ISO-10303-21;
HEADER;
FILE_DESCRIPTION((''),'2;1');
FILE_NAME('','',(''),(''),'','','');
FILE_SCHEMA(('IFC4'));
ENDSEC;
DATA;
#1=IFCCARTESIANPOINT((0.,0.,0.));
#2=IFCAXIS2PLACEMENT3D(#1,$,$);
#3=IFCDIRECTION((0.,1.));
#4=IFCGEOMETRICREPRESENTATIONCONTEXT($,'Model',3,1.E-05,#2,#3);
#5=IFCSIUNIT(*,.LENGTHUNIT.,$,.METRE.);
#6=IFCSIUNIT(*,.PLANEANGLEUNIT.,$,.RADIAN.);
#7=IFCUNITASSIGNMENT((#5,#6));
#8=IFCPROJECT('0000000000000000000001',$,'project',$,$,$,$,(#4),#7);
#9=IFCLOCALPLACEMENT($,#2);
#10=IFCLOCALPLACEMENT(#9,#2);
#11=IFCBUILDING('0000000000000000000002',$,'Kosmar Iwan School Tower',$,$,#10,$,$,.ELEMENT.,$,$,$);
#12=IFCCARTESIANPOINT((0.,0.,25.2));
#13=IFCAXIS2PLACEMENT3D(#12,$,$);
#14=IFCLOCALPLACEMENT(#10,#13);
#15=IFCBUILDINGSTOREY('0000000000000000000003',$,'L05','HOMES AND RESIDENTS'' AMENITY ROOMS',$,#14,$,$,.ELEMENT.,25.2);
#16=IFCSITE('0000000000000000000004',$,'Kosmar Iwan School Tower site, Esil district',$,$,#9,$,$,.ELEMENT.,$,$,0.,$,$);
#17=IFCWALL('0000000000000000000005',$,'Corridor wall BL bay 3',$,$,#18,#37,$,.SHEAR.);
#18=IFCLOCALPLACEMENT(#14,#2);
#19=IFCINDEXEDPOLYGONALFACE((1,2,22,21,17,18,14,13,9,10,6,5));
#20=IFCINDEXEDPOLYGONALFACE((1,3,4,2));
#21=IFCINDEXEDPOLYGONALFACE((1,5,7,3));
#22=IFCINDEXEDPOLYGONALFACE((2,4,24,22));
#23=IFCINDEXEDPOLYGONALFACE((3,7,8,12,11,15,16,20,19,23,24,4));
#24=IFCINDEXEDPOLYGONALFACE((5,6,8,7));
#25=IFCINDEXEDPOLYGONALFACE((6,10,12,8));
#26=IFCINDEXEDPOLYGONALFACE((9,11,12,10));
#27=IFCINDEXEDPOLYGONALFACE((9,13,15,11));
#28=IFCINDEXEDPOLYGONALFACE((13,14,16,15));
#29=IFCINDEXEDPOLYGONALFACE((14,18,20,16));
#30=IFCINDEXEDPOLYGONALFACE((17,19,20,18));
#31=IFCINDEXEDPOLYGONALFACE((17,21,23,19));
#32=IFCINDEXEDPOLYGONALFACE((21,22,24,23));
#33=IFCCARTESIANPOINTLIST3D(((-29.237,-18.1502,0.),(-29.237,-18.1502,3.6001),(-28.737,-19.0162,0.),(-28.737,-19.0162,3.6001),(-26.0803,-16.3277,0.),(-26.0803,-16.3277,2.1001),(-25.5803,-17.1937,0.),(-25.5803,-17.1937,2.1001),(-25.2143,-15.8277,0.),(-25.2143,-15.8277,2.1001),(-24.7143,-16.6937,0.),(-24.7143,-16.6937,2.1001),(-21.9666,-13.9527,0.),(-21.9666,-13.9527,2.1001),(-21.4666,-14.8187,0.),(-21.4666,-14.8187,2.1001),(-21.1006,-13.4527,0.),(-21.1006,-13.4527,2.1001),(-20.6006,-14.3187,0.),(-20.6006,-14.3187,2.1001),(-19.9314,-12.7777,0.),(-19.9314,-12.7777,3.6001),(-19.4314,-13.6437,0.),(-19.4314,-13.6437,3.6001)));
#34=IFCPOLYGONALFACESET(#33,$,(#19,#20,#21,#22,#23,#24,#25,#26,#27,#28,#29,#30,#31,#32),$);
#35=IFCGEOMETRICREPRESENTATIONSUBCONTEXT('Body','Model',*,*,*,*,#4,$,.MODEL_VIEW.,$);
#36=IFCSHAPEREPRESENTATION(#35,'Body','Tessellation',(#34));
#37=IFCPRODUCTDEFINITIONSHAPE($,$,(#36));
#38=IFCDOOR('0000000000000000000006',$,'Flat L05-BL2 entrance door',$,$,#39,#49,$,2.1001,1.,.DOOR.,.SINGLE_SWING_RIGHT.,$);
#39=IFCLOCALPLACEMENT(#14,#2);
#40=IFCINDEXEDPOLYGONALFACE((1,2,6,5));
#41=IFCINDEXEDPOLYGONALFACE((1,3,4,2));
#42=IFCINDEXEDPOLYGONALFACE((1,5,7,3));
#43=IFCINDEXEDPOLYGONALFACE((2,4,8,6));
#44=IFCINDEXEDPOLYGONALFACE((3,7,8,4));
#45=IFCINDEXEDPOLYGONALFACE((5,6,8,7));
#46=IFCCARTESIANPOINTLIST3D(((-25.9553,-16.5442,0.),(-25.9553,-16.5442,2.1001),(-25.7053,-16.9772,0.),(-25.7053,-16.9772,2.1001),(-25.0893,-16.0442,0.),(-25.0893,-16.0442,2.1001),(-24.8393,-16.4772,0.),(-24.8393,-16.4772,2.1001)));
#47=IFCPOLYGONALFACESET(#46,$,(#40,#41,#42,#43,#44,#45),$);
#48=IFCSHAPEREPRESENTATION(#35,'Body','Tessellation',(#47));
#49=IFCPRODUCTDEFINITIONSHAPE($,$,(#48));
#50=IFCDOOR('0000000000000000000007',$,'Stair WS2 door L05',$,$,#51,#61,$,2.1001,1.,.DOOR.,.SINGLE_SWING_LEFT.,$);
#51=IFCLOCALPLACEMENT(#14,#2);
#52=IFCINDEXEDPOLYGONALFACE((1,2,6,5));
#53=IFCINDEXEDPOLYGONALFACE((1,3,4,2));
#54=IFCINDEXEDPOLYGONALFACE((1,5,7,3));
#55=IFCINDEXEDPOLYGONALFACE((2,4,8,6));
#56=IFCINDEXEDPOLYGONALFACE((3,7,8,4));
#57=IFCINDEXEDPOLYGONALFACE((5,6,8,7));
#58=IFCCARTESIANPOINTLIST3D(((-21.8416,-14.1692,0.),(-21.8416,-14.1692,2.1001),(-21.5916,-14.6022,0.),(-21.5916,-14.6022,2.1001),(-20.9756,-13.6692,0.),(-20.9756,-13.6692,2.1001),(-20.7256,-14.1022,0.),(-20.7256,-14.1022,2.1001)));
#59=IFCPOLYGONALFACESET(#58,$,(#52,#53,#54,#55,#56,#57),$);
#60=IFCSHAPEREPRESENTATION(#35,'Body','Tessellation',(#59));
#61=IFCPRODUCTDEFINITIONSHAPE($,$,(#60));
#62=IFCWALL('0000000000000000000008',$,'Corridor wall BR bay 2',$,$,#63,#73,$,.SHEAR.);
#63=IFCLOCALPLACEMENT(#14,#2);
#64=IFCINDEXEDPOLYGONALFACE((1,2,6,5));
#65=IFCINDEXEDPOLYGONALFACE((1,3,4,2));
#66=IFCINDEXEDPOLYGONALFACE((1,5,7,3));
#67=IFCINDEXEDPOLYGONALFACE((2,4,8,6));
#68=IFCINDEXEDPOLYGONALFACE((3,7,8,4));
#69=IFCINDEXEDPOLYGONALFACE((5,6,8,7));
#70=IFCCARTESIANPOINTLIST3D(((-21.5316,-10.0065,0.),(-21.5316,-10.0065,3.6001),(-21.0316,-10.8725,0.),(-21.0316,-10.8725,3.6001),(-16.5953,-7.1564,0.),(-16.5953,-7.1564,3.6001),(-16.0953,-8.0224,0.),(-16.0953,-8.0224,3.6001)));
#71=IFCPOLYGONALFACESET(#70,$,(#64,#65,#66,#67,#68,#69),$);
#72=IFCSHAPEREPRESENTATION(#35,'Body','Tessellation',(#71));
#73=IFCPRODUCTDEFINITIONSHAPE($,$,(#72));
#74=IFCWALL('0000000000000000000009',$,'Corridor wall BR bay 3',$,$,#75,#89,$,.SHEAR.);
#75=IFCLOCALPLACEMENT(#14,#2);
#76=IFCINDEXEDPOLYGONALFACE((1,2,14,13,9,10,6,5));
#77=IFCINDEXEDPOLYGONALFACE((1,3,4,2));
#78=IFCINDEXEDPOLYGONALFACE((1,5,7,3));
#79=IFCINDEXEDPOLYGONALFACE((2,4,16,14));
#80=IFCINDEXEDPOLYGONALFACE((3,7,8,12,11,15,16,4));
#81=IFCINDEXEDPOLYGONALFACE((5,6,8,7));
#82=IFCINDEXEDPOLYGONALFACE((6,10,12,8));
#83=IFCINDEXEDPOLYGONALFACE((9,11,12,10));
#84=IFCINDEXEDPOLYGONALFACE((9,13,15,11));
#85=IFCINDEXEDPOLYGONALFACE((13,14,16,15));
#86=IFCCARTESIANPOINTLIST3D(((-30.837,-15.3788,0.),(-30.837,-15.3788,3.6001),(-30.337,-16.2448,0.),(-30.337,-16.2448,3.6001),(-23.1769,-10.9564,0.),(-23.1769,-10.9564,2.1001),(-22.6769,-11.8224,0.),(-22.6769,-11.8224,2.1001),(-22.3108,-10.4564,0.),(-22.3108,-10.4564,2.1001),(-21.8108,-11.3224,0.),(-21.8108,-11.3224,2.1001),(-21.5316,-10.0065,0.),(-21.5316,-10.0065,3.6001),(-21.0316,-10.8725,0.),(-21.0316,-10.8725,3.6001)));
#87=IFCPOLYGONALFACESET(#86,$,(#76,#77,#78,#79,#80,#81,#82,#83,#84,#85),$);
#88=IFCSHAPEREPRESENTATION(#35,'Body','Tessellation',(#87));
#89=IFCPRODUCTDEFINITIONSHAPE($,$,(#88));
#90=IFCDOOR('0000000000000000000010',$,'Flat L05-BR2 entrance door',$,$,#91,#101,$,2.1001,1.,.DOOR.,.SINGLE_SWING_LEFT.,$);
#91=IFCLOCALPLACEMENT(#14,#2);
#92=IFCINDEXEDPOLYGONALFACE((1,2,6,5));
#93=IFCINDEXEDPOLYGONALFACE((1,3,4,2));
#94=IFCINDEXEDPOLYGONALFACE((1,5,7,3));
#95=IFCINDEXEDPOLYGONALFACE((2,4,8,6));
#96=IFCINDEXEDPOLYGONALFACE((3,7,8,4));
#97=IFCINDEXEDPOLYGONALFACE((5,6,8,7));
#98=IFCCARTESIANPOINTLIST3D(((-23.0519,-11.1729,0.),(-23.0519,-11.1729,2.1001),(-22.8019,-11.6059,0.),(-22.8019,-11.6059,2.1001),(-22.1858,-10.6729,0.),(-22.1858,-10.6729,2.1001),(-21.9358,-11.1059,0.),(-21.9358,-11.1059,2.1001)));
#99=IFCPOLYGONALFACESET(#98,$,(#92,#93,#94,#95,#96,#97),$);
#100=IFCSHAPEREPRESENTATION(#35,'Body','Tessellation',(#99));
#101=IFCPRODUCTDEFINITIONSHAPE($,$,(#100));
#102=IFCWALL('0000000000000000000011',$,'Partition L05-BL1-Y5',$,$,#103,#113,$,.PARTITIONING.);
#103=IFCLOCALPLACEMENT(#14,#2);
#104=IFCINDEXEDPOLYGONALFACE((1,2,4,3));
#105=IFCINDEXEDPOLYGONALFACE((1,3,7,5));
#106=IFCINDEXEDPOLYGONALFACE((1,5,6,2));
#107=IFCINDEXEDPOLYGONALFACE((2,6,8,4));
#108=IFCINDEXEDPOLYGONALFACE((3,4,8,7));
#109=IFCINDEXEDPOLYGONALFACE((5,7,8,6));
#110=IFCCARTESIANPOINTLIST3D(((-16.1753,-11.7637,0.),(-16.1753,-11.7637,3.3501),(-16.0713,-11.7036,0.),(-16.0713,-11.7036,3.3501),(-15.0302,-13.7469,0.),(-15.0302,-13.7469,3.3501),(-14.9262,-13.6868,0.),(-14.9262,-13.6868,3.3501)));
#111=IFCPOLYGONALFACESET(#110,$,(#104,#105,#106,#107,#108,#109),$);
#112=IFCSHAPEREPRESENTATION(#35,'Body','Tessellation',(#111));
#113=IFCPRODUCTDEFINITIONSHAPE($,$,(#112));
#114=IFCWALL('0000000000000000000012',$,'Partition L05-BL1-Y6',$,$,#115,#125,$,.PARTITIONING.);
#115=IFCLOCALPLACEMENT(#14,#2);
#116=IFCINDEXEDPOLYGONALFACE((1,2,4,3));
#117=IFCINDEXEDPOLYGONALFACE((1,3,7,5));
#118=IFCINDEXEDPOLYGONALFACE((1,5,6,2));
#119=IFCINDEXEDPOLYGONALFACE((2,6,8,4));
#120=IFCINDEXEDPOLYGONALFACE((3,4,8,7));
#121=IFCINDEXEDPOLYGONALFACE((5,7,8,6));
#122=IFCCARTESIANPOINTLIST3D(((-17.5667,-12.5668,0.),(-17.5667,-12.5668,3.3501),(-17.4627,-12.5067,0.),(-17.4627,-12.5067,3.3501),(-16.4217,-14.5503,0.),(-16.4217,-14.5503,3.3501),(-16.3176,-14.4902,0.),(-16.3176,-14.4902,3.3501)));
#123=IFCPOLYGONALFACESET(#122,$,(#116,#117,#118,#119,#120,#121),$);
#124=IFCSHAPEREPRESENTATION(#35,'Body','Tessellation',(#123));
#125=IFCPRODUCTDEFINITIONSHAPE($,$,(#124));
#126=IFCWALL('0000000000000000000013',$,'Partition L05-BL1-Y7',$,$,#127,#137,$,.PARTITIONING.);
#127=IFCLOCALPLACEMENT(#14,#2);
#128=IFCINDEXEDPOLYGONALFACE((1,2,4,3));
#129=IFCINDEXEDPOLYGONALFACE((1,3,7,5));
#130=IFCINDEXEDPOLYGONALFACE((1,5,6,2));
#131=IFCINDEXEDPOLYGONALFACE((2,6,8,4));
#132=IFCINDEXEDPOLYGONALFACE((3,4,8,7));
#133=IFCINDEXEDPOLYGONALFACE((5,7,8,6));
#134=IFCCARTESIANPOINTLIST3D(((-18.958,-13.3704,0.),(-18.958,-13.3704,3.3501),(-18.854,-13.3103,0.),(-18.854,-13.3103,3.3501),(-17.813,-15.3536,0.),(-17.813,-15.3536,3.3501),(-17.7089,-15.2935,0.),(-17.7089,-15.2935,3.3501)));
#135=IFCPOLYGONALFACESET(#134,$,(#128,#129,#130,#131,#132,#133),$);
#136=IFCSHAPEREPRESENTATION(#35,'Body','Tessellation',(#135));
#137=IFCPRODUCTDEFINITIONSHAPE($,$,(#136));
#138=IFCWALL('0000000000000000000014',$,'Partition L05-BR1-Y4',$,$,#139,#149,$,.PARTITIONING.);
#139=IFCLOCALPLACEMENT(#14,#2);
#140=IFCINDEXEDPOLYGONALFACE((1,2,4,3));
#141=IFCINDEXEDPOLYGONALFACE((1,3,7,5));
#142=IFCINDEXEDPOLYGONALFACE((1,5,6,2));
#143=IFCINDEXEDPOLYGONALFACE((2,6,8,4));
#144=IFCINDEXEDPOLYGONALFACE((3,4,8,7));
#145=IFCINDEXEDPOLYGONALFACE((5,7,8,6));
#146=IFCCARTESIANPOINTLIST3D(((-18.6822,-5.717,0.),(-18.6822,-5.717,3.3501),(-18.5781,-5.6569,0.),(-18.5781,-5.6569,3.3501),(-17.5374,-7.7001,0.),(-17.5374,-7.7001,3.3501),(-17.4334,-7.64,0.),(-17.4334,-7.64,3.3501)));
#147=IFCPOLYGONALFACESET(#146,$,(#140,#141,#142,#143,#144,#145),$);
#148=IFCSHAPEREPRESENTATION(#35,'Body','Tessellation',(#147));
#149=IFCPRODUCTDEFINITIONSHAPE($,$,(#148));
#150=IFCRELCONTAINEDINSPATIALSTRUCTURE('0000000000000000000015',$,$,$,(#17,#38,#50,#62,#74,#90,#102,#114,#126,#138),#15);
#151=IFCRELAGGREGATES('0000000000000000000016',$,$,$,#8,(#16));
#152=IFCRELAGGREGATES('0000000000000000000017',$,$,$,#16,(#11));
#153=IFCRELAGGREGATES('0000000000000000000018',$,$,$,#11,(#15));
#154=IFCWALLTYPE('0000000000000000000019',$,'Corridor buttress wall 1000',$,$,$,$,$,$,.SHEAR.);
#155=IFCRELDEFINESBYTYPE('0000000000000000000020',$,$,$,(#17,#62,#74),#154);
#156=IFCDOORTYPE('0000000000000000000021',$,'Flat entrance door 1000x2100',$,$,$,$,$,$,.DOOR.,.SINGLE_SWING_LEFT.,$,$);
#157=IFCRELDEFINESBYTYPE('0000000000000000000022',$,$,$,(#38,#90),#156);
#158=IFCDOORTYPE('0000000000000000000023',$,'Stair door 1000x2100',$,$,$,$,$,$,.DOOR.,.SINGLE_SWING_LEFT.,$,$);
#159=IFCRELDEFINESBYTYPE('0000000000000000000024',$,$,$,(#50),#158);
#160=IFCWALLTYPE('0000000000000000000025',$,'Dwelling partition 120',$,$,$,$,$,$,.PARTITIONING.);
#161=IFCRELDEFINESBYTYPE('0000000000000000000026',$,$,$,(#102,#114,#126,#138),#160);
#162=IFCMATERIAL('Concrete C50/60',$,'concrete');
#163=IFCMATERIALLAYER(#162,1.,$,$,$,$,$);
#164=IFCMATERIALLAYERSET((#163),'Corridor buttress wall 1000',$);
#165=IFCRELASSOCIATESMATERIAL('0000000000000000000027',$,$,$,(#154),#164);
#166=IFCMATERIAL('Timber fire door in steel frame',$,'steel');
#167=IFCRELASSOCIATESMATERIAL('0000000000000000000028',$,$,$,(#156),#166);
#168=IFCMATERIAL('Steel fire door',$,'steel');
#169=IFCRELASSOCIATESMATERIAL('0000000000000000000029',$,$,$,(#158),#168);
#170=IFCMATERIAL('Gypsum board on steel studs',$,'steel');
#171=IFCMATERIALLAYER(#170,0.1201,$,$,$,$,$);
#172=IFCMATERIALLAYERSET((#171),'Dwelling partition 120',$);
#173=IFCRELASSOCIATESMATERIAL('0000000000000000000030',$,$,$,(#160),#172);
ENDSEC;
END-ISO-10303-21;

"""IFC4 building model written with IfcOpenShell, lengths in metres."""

from ifc_helpers import new_model, si_unit, direction, frame, frame_2d, origin, place, context, subcontext, project, spatial, rectangle, extrude, material, layer, layer_set, type_object, element, fill, save


model = new_model("IFC4")

# Units and contexts
model_context = context("Model", 3, precision=1e-05, world=origin(), true_north=direction((0.0, 1.0)))
body_context = subcontext(model_context, "Body", "Model", "MODEL_VIEW")
ifc_project = project(units=[si_unit("LENGTHUNIT", "METRE"), si_unit("PLANEANGLEUNIT", "RADIAN")], contexts=[model_context])

# Site, building, storey
site_placement = place(None, origin())
site = spatial("IfcSite", under=ifc_project, at=site_placement, Name="Kosmar Iwan School Tower site, Esil district", CompositionType="ELEMENT", RefElevation=0.0)
building_placement = place(site_placement, origin())
building = spatial("IfcBuilding", under=site, at=building_placement, Name="Kosmar Iwan School Tower", CompositionType="ELEMENT")
storey_placement = place(building_placement, frame((0.0, 0.0, 25.2)))
storey = spatial("IfcBuildingStorey", under=building, at=storey_placement, Name="L05", Description="HOMES AND RESIDENTS' AMENITY ROOMS", CompositionType="ELEMENT", Elevation=25.2)

# Wall, openings, doors
ifc_material_1 = material(Name="Concrete C50/60", Category="concrete")
ifc_layer_1 = layer(ifc_material_1, 1.0)
ifc_layer_set_1 = layer_set([ifc_layer_1], Name="Corridor buttress wall 1000")
wall_type_1 = type_object("IfcWallType", Name="Corridor buttress wall 1000", PredefinedType="SHEAR", material=ifc_layer_set_1)
wall_1_placement = place(storey_placement, frame((-19.6814, -13.2107, 0.0), z_axis=(0.0, 0.0, 1.0), x_axis=(-0.866028, -0.499995, 0.0)))
wall_1 = element("IfcWall", 1, at=wall_1_placement, inside=storey, type_object=wall_type_1, Name="Corridor wall BL bay 3", PredefinedType="SHEAR", context=body_context, shape_type="SweptSolid", body=[
    extrude(rectangle(XDim=10.7451, YDim=1.0, at=frame_2d((5.3726, 0.0))), origin(), (0.0, 0.0, 1.0), 3.6001),
])
opening_1_placement = place(wall_1_placement, frame((6.1001, 0.0, 0.0)))
opening_1 = element("IfcOpeningElement", 2, at=opening_1_placement, cuts=wall_1, PredefinedType="OPENING", context=body_context, shape_type="SweptSolid", body=[
    extrude(rectangle(XDim=1.0, YDim=2.1001, at=frame_2d((0.5, 1.05))), frame((0.0, 0.512, 0.0), z_axis=(0.0, -1.0, 0.0), x_axis=(1.0, 0.0, 0.0)), (0.0, 0.0, 1.0), 1.0239),
])
opening_2_placement = place(wall_1_placement, frame((1.3501, 0.0, 0.0)))
opening_2 = element("IfcOpeningElement", 3, at=opening_2_placement, cuts=wall_1, PredefinedType="OPENING", context=body_context, shape_type="SweptSolid", body=[
    extrude(rectangle(XDim=1.0, YDim=2.1001, at=frame_2d((0.5, 1.05))), frame((0.0, 0.512, 0.0), z_axis=(0.0, -1.0, 0.0), x_axis=(1.0, 0.0, 0.0)), (0.0, 0.0, 1.0), 1.0239),
])
ifc_material_2 = material(Name="Timber fire door in steel frame", Category="steel")
door_type_1 = type_object("IfcDoorType", Name="Flat entrance door 1000x2100", OperationType="SINGLE_SWING_LEFT", PredefinedType="DOOR", material=ifc_material_2)
door_1_placement = place(opening_1_placement, origin())
door_1 = element("IfcDoor", 4, at=door_1_placement, inside=storey, type_object=door_type_1, Name="Flat L05-BL2 entrance door", OperationType="SINGLE_SWING_RIGHT", OverallHeight=2.1001, OverallWidth=1.0, PredefinedType="DOOR", context=body_context, shape_type="SweptSolid", body=[
    extrude(rectangle(XDim=1.0, YDim=2.1001, at=frame_2d((0.5, 1.05))), frame((0.0, 0.25, 0.0), z_axis=(0.0, -1.0, 0.0), x_axis=(1.0, 0.0, 0.0)), (0.0, 0.0, 1.0), 0.5),
])
fill(opening_1, door_1)
ifc_material_3 = material(Name="Steel fire door", Category="steel")
door_type_2 = type_object("IfcDoorType", Name="Stair door 1000x2100", OperationType="SINGLE_SWING_LEFT", PredefinedType="DOOR", material=ifc_material_3)
door_2_placement = place(opening_2_placement, origin())
door_2 = element("IfcDoor", 5, at=door_2_placement, inside=storey, type_object=door_type_2, Name="Stair WS2 door L05", OperationType="SINGLE_SWING_LEFT", OverallHeight=2.1001, OverallWidth=1.0, PredefinedType="DOOR", context=body_context, shape_type="SweptSolid", body=[
    extrude(rectangle(XDim=1.0, YDim=2.1001, at=frame_2d((0.5, 1.05))), frame((0.0, 0.25, 0.0), z_axis=(0.0, -1.0, 0.0), x_axis=(1.0, 0.0, 0.0)), (0.0, 0.0, 1.0), 0.5),
])
fill(opening_2, door_2)

# Wall
wall_2_placement = place(storey_placement, frame((-16.3452, -7.5894, 0.0), z_axis=(0.0, 0.0, 1.0), x_axis=(-0.866015, -0.500018, 0.0)))
element("IfcWall", 6, at=wall_2_placement, inside=storey, type_object=wall_type_1, Name="Corridor wall BR bay 2", PredefinedType="SHEAR", context=body_context, shape_type="SweptSolid", body=[
    extrude(rectangle(XDim=5.7, YDim=1.0, at=frame_2d((2.8501, 0.0))), origin(), (0.0, 0.0, 1.0), 3.6001),
])

# Wall, opening, door
wall_3_placement = place(storey_placement, frame((-21.2815, -10.4395, 0.0), z_axis=(0.0, 0.0, 1.0), x_axis=(-0.866032, -0.499988, 0.0)))
wall_3 = element("IfcWall", 7, at=wall_3_placement, inside=storey, type_object=wall_type_1, Name="Corridor wall BR bay 3", PredefinedType="SHEAR", context=body_context, shape_type="SweptSolid", body=[
    extrude(rectangle(XDim=10.7449, YDim=1.0, at=frame_2d((5.3726, 0.0))), origin(), (0.0, 0.0, 1.0), 3.6001),
])
opening_3_placement = place(wall_3_placement, frame((0.8999, 0.0, 0.0)))
opening_3 = element("IfcOpeningElement", 8, at=opening_3_placement, cuts=wall_3, PredefinedType="OPENING", context=body_context, shape_type="SweptSolid", body=[
    extrude(rectangle(XDim=1.0, YDim=2.1001, at=frame_2d((0.5, 1.05))), frame((0.0, 0.512, 0.0), z_axis=(0.0, -1.0, 0.0), x_axis=(1.0, 0.0, 0.0)), (0.0, 0.0, 1.0), 1.0239),
])
door_3_placement = place(opening_3_placement, origin())
door_3 = element("IfcDoor", 9, at=door_3_placement, inside=storey, type_object=door_type_1, Name="Flat L05-BR2 entrance door", OperationType="SINGLE_SWING_LEFT", OverallHeight=2.1001, OverallWidth=1.0, PredefinedType="DOOR", context=body_context, shape_type="SweptSolid", body=[
    extrude(rectangle(XDim=1.0, YDim=2.1001, at=frame_2d((0.5, 1.05))), frame((0.0, 0.25, 0.0), z_axis=(0.0, -1.0, 0.0), x_axis=(1.0, 0.0, 0.0)), (0.0, 0.0, 1.0), 0.5),
])
fill(opening_3, door_3)

# Walls
ifc_material_4 = material(Name="Gypsum board on steel studs", Category="steel")
ifc_layer_2 = layer(ifc_material_4, 0.1201)
ifc_layer_set_2 = layer_set([ifc_layer_2], Name="Dwelling partition 120")
wall_type_2 = type_object("IfcWallType", Name="Dwelling partition 120", PredefinedType="PARTITIONING", material=ifc_layer_set_2)
wall_4_placement = place(storey_placement, frame((-16.1233, -11.7336, 0.0), z_axis=(0.0, 0.0, 1.0), x_axis=(0.500015, -0.866017, 0.0)))
element("IfcWall", 10, at=wall_4_placement, inside=storey, type_object=wall_type_2, Name="Partition L05-BL1-Y5", PredefinedType="PARTITIONING", context=body_context, shape_type="SweptSolid", body=[
    extrude(rectangle(XDim=2.29, YDim=0.1201, at=frame_2d((1.145, 0.0))), origin(), (0.0, 0.0, 1.0), 3.3501),
])
wall_5_placement = place(storey_placement, frame((-17.5146, -12.5369, 0.0), z_axis=(0.0, 0.0, 1.0), x_axis=(0.499969, -0.866044, 0.0)))
element("IfcWall", 11, at=wall_5_placement, inside=storey, type_object=wall_type_2, Name="Partition L05-BL1-Y6", PredefinedType="PARTITIONING", context=body_context, shape_type="SweptSolid", body=[
    extrude(rectangle(XDim=2.2903, YDim=0.1201, at=frame_2d((1.145, 0.0))), origin(), (0.0, 0.0, 1.0), 3.3501),
])
wall_6_placement = place(storey_placement, frame((-18.906, -13.3403, 0.0), z_axis=(0.0, 0.0, 1.0), x_axis=(0.500015, -0.866017, 0.0)))
element("IfcWall", 12, at=wall_6_placement, inside=storey, type_object=wall_type_2, Name="Partition L05-BL1-Y7", PredefinedType="PARTITIONING", context=body_context, shape_type="SweptSolid", body=[
    extrude(rectangle(XDim=2.29, YDim=0.1201, at=frame_2d((1.145, 0.0))), origin(), (0.0, 0.0, 1.0), 3.3501),
])
wall_7_placement = place(storey_placement, frame((-17.4854, -7.6702, 0.0), z_axis=(0.0, 0.0, 1.0), x_axis=(-0.499935, 0.866063, 0.0)))
element("IfcWall", 13, at=wall_7_placement, inside=storey, type_object=wall_type_2, Name="Partition L05-BR1-Y4", PredefinedType="PARTITIONING", context=body_context, shape_type="SweptSolid", body=[
    extrude(rectangle(XDim=2.2898, YDim=0.1201, at=frame_2d((1.145, 0.0))), origin(), (0.0, 0.0, 1.0), 3.3501),
])

save(model, "model.ifc")
